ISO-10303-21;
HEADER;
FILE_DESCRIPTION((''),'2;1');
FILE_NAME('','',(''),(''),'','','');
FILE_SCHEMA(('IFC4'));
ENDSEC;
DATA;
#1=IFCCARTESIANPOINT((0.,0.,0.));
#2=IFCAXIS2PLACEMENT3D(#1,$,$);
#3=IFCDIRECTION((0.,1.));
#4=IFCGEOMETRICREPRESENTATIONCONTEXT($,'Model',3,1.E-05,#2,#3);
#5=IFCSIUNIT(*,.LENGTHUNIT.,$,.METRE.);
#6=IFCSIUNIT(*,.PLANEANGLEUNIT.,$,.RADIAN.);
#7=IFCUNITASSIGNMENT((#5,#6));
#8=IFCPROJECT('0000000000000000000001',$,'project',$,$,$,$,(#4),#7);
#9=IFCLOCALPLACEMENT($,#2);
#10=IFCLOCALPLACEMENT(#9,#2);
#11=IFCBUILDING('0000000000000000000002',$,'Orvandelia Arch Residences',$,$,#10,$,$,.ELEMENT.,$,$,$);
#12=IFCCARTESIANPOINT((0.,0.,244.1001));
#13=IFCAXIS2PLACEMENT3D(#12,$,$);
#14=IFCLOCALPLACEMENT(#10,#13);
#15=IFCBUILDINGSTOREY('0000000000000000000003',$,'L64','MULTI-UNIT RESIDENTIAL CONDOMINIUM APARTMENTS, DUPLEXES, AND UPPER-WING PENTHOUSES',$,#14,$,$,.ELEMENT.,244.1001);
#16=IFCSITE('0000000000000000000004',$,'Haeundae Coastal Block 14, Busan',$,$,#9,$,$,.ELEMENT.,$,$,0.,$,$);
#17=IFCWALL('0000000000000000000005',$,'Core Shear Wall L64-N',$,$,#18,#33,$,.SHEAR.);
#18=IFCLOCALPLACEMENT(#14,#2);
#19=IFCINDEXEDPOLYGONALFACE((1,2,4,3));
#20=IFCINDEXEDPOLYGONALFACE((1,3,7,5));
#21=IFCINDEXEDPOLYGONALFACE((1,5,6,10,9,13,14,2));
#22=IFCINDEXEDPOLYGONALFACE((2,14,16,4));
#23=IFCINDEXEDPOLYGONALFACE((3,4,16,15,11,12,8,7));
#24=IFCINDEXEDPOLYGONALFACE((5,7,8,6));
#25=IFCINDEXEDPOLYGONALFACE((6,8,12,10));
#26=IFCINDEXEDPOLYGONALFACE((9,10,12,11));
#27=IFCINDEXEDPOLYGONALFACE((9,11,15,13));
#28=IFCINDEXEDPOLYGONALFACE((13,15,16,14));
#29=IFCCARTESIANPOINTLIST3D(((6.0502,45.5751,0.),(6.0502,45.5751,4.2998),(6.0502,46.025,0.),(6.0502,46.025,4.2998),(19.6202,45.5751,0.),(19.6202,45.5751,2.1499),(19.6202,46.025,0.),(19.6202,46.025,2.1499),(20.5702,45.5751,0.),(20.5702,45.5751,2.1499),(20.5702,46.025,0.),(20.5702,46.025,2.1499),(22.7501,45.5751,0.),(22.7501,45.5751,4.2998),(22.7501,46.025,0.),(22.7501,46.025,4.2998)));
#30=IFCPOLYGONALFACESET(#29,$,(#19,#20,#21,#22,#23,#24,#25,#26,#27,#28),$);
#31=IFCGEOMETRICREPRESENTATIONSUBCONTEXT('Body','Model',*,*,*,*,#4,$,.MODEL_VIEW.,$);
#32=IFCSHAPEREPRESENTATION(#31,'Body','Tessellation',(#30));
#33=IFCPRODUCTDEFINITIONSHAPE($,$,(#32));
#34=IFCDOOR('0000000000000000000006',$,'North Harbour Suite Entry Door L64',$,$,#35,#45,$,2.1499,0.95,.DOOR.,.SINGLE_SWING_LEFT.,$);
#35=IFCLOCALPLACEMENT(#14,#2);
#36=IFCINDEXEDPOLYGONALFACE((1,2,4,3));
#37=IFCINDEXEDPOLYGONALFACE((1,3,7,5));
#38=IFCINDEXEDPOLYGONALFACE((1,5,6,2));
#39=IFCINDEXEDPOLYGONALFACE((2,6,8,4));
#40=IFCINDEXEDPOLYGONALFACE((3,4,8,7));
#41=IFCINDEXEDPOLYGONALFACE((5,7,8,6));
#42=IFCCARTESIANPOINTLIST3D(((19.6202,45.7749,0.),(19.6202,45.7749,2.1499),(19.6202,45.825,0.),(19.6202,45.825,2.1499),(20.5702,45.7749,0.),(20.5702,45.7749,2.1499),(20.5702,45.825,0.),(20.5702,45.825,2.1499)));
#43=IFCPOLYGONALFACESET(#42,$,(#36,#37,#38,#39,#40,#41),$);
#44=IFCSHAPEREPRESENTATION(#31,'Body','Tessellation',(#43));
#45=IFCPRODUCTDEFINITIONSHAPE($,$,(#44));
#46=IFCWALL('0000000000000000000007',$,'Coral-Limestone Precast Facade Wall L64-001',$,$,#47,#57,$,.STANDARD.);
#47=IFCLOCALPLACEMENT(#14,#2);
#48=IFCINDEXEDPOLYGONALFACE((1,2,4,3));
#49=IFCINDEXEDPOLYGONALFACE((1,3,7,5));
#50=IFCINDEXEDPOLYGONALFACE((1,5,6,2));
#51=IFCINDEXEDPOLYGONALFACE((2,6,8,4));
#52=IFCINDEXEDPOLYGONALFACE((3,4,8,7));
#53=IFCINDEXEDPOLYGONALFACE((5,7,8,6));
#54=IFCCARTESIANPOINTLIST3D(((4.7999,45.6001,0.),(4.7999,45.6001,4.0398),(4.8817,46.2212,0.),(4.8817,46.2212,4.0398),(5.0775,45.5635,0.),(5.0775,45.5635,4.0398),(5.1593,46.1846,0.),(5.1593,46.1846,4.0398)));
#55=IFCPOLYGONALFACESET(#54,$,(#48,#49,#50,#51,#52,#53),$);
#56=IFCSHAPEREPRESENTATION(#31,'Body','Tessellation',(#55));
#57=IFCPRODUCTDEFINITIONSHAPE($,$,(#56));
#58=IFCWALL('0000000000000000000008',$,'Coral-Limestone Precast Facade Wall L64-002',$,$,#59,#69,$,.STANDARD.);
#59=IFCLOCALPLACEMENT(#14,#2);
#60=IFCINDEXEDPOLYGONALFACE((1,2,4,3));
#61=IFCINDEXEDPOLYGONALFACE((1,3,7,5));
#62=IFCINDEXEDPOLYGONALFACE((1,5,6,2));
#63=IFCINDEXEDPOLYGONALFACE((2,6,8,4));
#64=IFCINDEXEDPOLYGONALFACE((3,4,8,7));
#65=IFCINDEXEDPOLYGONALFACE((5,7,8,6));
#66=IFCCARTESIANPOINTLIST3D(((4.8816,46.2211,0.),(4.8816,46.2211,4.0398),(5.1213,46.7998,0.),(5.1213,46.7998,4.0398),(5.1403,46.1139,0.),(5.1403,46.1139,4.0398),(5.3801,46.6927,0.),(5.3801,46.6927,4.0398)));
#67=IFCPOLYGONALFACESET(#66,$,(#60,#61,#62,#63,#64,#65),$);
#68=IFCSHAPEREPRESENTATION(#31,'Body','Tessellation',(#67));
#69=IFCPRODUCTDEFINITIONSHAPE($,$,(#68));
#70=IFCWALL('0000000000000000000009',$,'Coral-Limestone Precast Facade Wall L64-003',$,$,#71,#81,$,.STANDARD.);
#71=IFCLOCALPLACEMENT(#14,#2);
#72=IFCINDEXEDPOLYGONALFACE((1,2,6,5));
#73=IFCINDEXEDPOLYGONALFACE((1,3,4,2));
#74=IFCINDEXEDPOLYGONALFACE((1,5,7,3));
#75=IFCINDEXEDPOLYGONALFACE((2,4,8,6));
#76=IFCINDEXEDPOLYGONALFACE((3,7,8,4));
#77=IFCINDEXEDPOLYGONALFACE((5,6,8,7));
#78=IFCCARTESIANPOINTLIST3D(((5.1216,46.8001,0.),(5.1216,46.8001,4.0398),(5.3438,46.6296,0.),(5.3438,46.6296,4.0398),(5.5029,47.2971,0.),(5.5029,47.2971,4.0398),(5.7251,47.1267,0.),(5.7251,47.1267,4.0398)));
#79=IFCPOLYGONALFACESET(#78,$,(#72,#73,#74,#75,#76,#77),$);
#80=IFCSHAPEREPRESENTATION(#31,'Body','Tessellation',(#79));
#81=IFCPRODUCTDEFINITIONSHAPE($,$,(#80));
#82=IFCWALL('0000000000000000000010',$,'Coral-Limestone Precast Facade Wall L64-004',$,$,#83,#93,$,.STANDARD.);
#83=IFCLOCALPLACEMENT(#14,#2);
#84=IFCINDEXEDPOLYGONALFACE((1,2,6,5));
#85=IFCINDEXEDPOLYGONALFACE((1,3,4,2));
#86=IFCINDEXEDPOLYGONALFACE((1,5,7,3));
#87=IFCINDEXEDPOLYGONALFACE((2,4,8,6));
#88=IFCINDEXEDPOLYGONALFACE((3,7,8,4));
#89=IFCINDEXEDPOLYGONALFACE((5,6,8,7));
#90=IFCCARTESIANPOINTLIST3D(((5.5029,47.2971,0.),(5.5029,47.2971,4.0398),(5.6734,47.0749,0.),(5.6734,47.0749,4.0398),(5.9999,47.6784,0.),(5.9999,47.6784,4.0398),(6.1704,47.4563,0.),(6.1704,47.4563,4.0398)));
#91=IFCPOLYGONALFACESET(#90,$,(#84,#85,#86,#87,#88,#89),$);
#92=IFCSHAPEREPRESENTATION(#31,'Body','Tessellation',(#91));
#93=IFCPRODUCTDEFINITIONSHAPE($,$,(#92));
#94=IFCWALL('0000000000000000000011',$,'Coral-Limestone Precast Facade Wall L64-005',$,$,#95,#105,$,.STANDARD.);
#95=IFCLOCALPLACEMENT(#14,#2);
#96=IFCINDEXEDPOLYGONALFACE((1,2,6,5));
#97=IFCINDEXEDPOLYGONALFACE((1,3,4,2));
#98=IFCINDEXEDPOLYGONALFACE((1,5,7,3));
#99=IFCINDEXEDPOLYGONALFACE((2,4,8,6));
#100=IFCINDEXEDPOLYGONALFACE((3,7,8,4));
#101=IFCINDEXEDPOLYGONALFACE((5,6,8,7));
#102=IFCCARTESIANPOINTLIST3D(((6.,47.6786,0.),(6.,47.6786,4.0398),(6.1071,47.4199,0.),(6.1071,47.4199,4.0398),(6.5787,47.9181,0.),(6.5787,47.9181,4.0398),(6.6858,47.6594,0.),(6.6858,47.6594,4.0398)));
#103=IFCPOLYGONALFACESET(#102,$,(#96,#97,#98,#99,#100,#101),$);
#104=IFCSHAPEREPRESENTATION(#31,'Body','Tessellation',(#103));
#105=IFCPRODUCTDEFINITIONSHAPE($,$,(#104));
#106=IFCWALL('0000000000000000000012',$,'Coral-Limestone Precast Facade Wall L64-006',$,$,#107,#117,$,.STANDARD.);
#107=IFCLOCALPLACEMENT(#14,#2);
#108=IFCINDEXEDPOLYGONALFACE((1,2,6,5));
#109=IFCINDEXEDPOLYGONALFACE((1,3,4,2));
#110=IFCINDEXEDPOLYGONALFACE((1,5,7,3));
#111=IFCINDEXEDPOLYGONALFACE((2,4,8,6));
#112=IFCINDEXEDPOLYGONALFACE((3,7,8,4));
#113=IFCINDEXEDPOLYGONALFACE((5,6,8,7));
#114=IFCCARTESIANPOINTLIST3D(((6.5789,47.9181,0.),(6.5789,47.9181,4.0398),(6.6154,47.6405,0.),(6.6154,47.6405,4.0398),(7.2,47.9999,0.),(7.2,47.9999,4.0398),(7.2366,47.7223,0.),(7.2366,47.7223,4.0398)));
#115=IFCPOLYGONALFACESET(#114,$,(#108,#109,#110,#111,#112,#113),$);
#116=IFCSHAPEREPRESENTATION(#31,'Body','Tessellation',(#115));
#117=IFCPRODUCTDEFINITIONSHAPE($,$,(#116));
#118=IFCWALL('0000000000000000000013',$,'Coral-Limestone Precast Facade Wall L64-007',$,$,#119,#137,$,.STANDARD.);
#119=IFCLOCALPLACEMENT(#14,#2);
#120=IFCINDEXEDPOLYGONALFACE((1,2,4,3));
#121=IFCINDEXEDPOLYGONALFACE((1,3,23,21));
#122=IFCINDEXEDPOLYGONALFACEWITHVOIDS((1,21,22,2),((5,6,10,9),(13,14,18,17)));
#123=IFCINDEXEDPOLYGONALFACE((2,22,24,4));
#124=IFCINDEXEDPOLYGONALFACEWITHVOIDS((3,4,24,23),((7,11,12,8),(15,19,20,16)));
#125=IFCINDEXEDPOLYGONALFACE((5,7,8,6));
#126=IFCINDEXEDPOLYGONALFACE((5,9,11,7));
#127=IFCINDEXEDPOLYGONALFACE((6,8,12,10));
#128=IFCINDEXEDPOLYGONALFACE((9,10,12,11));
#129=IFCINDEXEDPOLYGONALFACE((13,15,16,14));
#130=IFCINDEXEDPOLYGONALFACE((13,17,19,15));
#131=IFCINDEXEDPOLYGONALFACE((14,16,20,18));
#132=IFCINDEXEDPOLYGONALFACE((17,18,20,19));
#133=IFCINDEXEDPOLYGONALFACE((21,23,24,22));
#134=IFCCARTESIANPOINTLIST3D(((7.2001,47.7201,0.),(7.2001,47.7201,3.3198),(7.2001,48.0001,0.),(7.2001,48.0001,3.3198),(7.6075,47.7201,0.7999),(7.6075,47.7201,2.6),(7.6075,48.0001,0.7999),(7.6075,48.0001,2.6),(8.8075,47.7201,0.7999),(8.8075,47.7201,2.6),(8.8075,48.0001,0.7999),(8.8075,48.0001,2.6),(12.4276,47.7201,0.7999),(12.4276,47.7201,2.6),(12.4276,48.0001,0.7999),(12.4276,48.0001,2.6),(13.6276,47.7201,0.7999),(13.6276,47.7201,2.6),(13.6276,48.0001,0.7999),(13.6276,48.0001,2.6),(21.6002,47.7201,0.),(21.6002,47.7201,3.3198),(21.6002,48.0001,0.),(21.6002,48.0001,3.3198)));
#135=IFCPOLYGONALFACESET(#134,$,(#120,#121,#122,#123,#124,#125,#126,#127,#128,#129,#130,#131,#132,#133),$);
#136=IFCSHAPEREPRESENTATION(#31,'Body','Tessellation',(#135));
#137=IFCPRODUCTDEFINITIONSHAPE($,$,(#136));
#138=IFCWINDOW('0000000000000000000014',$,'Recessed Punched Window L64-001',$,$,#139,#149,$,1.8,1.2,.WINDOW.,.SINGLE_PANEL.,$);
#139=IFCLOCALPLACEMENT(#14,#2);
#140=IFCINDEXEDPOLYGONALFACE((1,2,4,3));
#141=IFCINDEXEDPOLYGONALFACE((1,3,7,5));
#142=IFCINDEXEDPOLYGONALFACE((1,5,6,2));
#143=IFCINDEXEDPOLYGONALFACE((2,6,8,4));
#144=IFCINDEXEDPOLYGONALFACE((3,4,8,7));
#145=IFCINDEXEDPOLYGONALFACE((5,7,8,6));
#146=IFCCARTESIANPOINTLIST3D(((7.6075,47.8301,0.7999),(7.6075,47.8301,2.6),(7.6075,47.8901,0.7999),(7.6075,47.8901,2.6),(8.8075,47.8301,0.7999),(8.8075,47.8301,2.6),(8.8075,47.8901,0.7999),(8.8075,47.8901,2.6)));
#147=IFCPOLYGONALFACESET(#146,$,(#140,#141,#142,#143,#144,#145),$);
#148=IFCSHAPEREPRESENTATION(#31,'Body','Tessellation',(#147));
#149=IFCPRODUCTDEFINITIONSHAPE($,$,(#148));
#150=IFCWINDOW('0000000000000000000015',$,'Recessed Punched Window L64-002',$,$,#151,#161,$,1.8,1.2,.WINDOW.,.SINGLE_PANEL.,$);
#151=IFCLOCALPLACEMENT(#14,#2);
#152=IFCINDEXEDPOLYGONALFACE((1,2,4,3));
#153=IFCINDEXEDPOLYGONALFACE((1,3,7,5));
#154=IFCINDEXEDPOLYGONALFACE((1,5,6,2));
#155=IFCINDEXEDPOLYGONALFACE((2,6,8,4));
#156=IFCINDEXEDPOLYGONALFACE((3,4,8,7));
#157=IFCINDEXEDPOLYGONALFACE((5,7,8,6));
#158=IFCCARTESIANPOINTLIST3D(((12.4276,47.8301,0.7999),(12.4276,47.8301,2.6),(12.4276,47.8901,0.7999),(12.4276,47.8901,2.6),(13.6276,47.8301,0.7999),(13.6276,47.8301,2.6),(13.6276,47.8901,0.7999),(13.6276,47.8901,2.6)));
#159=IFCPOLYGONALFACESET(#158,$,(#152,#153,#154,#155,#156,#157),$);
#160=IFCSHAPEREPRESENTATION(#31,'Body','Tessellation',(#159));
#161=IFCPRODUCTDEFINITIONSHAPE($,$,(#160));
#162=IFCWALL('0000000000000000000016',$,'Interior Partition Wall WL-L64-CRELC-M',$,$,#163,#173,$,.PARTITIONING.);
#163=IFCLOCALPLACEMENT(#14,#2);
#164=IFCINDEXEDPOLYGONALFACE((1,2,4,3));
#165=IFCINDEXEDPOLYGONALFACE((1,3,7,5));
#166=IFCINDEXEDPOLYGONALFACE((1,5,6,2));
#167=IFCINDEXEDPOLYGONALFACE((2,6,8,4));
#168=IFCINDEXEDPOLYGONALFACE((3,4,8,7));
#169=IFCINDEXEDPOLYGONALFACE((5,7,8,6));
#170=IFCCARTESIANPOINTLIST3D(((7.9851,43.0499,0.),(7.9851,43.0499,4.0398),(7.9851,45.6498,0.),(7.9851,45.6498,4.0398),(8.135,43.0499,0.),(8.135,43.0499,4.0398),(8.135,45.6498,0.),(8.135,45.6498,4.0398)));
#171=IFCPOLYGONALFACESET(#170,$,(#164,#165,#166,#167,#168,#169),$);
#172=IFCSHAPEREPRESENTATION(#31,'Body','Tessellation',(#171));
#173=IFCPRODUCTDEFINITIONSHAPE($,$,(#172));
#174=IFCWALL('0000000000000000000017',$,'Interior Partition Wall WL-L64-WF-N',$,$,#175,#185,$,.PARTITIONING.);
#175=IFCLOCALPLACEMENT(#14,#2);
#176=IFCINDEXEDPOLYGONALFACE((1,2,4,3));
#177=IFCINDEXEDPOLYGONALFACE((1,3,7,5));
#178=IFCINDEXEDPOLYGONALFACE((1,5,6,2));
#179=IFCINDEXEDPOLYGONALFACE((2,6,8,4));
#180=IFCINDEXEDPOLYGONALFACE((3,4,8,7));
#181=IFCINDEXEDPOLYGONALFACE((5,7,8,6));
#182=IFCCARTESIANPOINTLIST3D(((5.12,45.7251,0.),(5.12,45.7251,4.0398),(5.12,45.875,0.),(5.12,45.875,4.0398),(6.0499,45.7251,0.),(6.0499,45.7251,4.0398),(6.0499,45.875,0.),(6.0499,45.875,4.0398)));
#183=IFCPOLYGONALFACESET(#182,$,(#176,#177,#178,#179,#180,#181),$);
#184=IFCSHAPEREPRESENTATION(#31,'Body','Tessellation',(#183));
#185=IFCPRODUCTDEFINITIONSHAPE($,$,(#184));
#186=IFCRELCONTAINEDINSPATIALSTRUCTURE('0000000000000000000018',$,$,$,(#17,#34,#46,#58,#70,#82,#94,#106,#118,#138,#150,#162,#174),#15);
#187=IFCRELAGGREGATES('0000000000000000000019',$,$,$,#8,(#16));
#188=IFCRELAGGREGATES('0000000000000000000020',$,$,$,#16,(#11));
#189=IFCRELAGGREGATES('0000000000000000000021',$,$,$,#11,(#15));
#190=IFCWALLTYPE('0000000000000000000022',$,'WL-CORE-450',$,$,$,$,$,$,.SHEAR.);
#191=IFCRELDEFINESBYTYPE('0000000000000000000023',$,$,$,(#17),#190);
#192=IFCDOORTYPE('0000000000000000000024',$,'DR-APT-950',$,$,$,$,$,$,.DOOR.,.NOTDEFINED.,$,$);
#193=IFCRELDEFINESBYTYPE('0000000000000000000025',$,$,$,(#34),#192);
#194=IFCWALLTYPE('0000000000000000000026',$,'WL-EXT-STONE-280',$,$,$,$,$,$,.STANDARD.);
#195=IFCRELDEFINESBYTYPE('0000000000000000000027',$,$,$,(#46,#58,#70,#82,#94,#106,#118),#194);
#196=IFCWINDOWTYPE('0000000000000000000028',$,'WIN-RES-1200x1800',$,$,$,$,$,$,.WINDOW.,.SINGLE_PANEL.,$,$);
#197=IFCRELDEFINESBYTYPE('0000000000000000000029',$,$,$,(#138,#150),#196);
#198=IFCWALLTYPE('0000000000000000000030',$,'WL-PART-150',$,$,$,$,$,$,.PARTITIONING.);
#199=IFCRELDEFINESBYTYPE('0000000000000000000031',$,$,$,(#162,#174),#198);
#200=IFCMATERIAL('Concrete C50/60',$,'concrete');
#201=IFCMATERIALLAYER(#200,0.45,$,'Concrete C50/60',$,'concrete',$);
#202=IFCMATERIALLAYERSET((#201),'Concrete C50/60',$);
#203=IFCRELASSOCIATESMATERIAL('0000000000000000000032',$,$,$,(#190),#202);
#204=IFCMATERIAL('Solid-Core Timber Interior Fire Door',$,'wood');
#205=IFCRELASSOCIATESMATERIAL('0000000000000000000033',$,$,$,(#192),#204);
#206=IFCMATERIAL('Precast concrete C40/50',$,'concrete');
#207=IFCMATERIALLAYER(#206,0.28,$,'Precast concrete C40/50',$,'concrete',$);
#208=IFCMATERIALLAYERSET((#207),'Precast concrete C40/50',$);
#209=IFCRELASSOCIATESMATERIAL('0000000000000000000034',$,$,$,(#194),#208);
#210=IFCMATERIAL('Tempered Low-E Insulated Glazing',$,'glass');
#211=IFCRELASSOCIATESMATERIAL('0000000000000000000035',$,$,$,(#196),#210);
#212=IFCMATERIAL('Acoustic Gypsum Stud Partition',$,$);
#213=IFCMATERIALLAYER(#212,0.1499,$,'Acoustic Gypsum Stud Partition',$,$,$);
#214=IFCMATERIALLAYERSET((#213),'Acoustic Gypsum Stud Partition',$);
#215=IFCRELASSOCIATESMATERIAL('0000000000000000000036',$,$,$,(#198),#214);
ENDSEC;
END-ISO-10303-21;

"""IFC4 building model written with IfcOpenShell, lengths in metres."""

from ifc_helpers import new_model, si_unit, direction, frame, frame_2d, origin, place, context, subcontext, project, spatial, rectangle, extrude, material, layer, layer_set, type_object, element, fill, save


model = new_model("IFC4")

# Units and contexts
model_context = context("Model", 3, precision=1e-05, world=origin(), true_north=direction((0.0, 1.0)))
body_context = subcontext(model_context, "Body", "Model", "MODEL_VIEW")
ifc_project = project(units=[si_unit("LENGTHUNIT", "METRE"), si_unit("PLANEANGLEUNIT", "RADIAN")], contexts=[model_context])

# Site, building, storey
site_placement = place(None, origin())
site = spatial("IfcSite", under=ifc_project, at=site_placement, Name="Haeundae Coastal Block 14, Busan", CompositionType="ELEMENT", RefElevation=0.0)
building_placement = place(site_placement, origin())
building = spatial("IfcBuilding", under=site, at=building_placement, Name="Orvandelia Arch Residences", CompositionType="ELEMENT")
storey_placement = place(building_placement, frame((0.0, 0.0, 244.1001)))
storey = spatial("IfcBuildingStorey", under=building, at=storey_placement, Name="L64", Description="MULTI-UNIT RESIDENTIAL CONDOMINIUM APARTMENTS, DUPLEXES, AND UPPER-WING PENTHOUSES", CompositionType="ELEMENT", Elevation=244.1001)

# Shared definitions
ifc_material_1 = material(Name="Concrete C50/60", Category="concrete")

# Wall, opening, door
ifc_layer_1 = layer(ifc_material_1, 0.45, Name="Concrete C50/60", Category="concrete")
ifc_layer_set_1 = layer_set([ifc_layer_1], Name="Concrete C50/60")
wall_type_1 = type_object("IfcWallType", Name="WL-CORE-450", PredefinedType="SHEAR", material=ifc_layer_set_1)
wall_1_placement = place(storey_placement, frame((6.05, 45.8, 0.0), z_axis=(0.0, 0.0, 1.0), x_axis=(1.0, 0.0, 0.0)))
wall_1 = element("IfcWall", 1, at=wall_1_placement, inside=storey, type_object=wall_type_1, Name="Core Shear Wall L64-N", PredefinedType="SHEAR", context=body_context, shape_type="SweptSolid", body=[
    extrude(rectangle(XDim=16.7, YDim=0.45, at=frame_2d((8.3501, 0.0))), origin(), (0.0, 0.0, 1.0), 4.2998),
])
opening_1_placement = place(wall_1_placement, frame((13.5701, 0.0, 0.0)))
opening_1 = element("IfcOpeningElement", 2, at=opening_1_placement, cuts=wall_1, PredefinedType="OPENING", context=body_context, shape_type="SweptSolid", body=[
    extrude(rectangle(XDim=0.95, YDim=2.1499, at=frame_2d((0.4751, 1.075))), frame((0.0, 0.2349, 0.0), z_axis=(0.0, -1.0, 0.0), x_axis=(1.0, 0.0, 0.0)), (0.0, 0.0, 1.0), 0.47),
])
ifc_material_2 = material(Name="Solid-Core Timber Interior Fire Door", Category="wood")
door_type_1 = type_object("IfcDoorType", Name="DR-APT-950", OperationType="NOTDEFINED", PredefinedType="DOOR", material=ifc_material_2)
door_1_placement = place(opening_1_placement, origin())
door_1 = element("IfcDoor", 3, at=door_1_placement, inside=storey, type_object=door_type_1, Name="North Harbour Suite Entry Door L64", OperationType="SINGLE_SWING_LEFT", OverallHeight=2.1499, OverallWidth=0.95, PredefinedType="DOOR", context=body_context, shape_type="SweptSolid", body=[
    extrude(rectangle(XDim=0.95, YDim=2.1499, at=frame_2d((0.4751, 1.075))), frame((0.0, 0.0249, 0.0), z_axis=(0.0, -1.0, 0.0), x_axis=(1.0, 0.0, 0.0)), (0.0, 0.0, 1.0), 0.05),
])
fill(opening_1, door_1)

# Walls
ifc_material_3 = material(Name="Precast concrete C40/50", Category="concrete")
ifc_layer_2 = layer(ifc_material_3, 0.28, Name="Precast concrete C40/50", Category="concrete")
ifc_layer_set_2 = layer_set([ifc_layer_2], Name="Precast concrete C40/50")
wall_type_2 = type_object("IfcWallType", Name="WL-EXT-STONE-280", PredefinedType="STANDARD", material=ifc_layer_set_2)
for number, where, z_axis, x_axis, name in (
    (4, (4.9387, 45.5818, 0.0), (0.0, 0.0, 1.0), (0.130555, 0.991441, 0.0), "Coral-Limestone Precast Facade Wall L64-001"),
    (5, (5.011, 46.1675, 0.0), (0.0, 0.0, 1.0), (0.38265, 0.923893, 0.0), "Coral-Limestone Precast Facade Wall L64-002"),
    (6, (5.2327, 46.7148, 0.0), (0.0, 0.0, 1.0), (0.608693, 0.793406, 0.0), "Coral-Limestone Precast Facade Wall L64-003"),
    (7, (5.5881, 47.186, 0.0), (0.0, 0.0, 1.0), (0.793406, 0.608693, 0.0), "Coral-Limestone Precast Facade Wall L64-004"),
):
    element("IfcWall", number, at=place(storey_placement, frame(where, z_axis=z_axis, x_axis=x_axis)), inside=storey, type_object=wall_type_2, Name=name, PredefinedType="STANDARD", context=body_context, shape_type="SweptSolid", body=[
        extrude(rectangle(XDim=0.6265, YDim=0.28, at=frame_2d((0.3132, 0.0))), origin(), (0.0, 0.0, 1.0), 4.0398),
    ])
wall_2_placement = place(storey_placement, frame((6.0537, 47.5493, 0.0), z_axis=(0.0, 0.0, 1.0), x_axis=(0.923974, 0.382455, 0.0)))
element("IfcWall", 8, at=wall_2_placement, inside=storey, type_object=wall_type_2, Name="Coral-Limestone Precast Facade Wall L64-005", PredefinedType="STANDARD", context=body_context, shape_type="SweptSolid", body=[
    extrude(rectangle(XDim=0.6262, YDim=0.28, at=frame_2d((0.313, 0.0))), origin(), (0.0, 0.0, 1.0), 4.0398),
])
wall_3_placement = place(storey_placement, frame((6.5972, 47.7793, 0.0), z_axis=(0.0, 0.0, 1.0), x_axis=(0.991441, 0.130555, 0.0)))
element("IfcWall", 9, at=wall_3_placement, inside=storey, type_object=wall_type_2, Name="Coral-Limestone Precast Facade Wall L64-006", PredefinedType="STANDARD", context=body_context, shape_type="SweptSolid", body=[
    extrude(rectangle(XDim=0.6265, YDim=0.28, at=frame_2d((0.3132, 0.0))), origin(), (0.0, 0.0, 1.0), 4.0398),
])

# Wall, openings, windows
wall_4_placement = place(storey_placement, frame((7.2, 47.8601, 0.0), z_axis=(0.0, 0.0, 1.0), x_axis=(1.0, 0.0, 0.0)))
wall_4 = element("IfcWall", 10, at=wall_4_placement, inside=storey, type_object=wall_type_2, Name="Coral-Limestone Precast Facade Wall L64-007", PredefinedType="STANDARD", context=body_context, shape_type="SweptSolid", body=[
    extrude(rectangle(XDim=14.4001, YDim=0.28, at=frame_2d((7.2002, 0.0))), origin(), (0.0, 0.0, 1.0), 3.3198),
])
opening_2_placement = place(wall_4_placement, frame((0.4075, 0.0, 0.8)))
opening_2 = element("IfcOpeningElement", 11, at=opening_2_placement, cuts=wall_4, PredefinedType="OPENING", context=body_context, shape_type="SweptSolid", body=[
    extrude(rectangle(XDim=1.2, YDim=1.8, at=frame_2d((0.6001, 0.8999))), frame((0.0, 0.1499, 0.0), z_axis=(0.0, -1.0, 0.0), x_axis=(1.0, 0.0, 0.0)), (0.0, 0.0, 1.0), 0.3),
])
opening_3_placement = place(wall_4_placement, frame((5.2275, 0.0, 0.8)))
opening_3 = element("IfcOpeningElement", 12, at=opening_3_placement, cuts=wall_4, PredefinedType="OPENING", context=body_context, shape_type="SweptSolid", body=[
    extrude(rectangle(XDim=1.2, YDim=1.8, at=frame_2d((0.6001, 0.8999))), frame((0.0, 0.1499, 0.0), z_axis=(0.0, -1.0, 0.0), x_axis=(1.0, 0.0, 0.0)), (0.0, 0.0, 1.0), 0.3),
])
ifc_material_4 = material(Name="Tempered Low-E Insulated Glazing", Category="glass")
window_type = type_object("IfcWindowType", Name="WIN-RES-1200x1800", PartitioningType="SINGLE_PANEL", PredefinedType="WINDOW", material=ifc_material_4)
window_1_placement = place(opening_2_placement, origin())
window_1 = element("IfcWindow", 13, at=window_1_placement, inside=storey, type_object=window_type, Name="Recessed Punched Window L64-001", OverallHeight=1.8, OverallWidth=1.2, PartitioningType="SINGLE_PANEL", PredefinedType="WINDOW", context=body_context, shape_type="SweptSolid", body=[
    extrude(rectangle(XDim=1.2, YDim=1.8, at=frame_2d((0.6001, 0.8999))), frame((0.0, 0.03, 0.0), z_axis=(0.0, -1.0, 0.0), x_axis=(1.0, 0.0, 0.0)), (0.0, 0.0, 1.0), 0.0601),
])
fill(opening_2, window_1)
window_2_placement = place(opening_3_placement, origin())
window_2 = element("IfcWindow", 14, at=window_2_placement, inside=storey, type_object=window_type, Name="Recessed Punched Window L64-002", OverallHeight=1.8, OverallWidth=1.2, PartitioningType="SINGLE_PANEL", PredefinedType="WINDOW", context=body_context, shape_type="SweptSolid", body=[
    extrude(rectangle(XDim=1.2, YDim=1.8, at=frame_2d((0.6001, 0.8999))), frame((0.0, 0.03, 0.0), z_axis=(0.0, -1.0, 0.0), x_axis=(1.0, 0.0, 0.0)), (0.0, 0.0, 1.0), 0.0601),
])
fill(opening_3, window_2)

# Walls
ifc_material_5 = material(Name="Acoustic Gypsum Stud Partition")
ifc_layer_3 = layer(ifc_material_5, 0.1499, Name="Acoustic Gypsum Stud Partition")
ifc_layer_set_3 = layer_set([ifc_layer_3], Name="Acoustic Gypsum Stud Partition")
wall_type_3 = type_object("IfcWallType", Name="WL-PART-150", PredefinedType="PARTITIONING", material=ifc_layer_set_3)
wall_5_placement = place(storey_placement, frame((8.0601, 43.05, 0.0), z_axis=(0.0, 0.0, 1.0), x_axis=(0.0, 1.0, 0.0)))
element("IfcWall", 15, at=wall_5_placement, inside=storey, type_object=wall_type_3, Name="Interior Partition Wall WL-L64-CRELC-M", PredefinedType="PARTITIONING", context=body_context, shape_type="SweptSolid", body=[
    extrude(rectangle(XDim=2.5999, YDim=0.1499, at=frame_2d((1.2998, 0.0))), origin(), (0.0, 0.0, 1.0), 4.0398),
])
wall_6_placement = place(storey_placement, frame((5.1201, 45.8, 0.0), z_axis=(0.0, 0.0, 1.0), x_axis=(1.0, 0.0, 0.0)))
element("IfcWall", 16, at=wall_6_placement, inside=storey, type_object=wall_type_3, Name="Interior Partition Wall WL-L64-WF-N", PredefinedType="PARTITIONING", context=body_context, shape_type="SweptSolid", body=[
    extrude(rectangle(XDim=0.9299, YDim=0.1499, at=frame_2d((0.4648, 0.0))), origin(), (0.0, 0.0, 1.0), 4.0398),
])

save(model, "model.ifc")
